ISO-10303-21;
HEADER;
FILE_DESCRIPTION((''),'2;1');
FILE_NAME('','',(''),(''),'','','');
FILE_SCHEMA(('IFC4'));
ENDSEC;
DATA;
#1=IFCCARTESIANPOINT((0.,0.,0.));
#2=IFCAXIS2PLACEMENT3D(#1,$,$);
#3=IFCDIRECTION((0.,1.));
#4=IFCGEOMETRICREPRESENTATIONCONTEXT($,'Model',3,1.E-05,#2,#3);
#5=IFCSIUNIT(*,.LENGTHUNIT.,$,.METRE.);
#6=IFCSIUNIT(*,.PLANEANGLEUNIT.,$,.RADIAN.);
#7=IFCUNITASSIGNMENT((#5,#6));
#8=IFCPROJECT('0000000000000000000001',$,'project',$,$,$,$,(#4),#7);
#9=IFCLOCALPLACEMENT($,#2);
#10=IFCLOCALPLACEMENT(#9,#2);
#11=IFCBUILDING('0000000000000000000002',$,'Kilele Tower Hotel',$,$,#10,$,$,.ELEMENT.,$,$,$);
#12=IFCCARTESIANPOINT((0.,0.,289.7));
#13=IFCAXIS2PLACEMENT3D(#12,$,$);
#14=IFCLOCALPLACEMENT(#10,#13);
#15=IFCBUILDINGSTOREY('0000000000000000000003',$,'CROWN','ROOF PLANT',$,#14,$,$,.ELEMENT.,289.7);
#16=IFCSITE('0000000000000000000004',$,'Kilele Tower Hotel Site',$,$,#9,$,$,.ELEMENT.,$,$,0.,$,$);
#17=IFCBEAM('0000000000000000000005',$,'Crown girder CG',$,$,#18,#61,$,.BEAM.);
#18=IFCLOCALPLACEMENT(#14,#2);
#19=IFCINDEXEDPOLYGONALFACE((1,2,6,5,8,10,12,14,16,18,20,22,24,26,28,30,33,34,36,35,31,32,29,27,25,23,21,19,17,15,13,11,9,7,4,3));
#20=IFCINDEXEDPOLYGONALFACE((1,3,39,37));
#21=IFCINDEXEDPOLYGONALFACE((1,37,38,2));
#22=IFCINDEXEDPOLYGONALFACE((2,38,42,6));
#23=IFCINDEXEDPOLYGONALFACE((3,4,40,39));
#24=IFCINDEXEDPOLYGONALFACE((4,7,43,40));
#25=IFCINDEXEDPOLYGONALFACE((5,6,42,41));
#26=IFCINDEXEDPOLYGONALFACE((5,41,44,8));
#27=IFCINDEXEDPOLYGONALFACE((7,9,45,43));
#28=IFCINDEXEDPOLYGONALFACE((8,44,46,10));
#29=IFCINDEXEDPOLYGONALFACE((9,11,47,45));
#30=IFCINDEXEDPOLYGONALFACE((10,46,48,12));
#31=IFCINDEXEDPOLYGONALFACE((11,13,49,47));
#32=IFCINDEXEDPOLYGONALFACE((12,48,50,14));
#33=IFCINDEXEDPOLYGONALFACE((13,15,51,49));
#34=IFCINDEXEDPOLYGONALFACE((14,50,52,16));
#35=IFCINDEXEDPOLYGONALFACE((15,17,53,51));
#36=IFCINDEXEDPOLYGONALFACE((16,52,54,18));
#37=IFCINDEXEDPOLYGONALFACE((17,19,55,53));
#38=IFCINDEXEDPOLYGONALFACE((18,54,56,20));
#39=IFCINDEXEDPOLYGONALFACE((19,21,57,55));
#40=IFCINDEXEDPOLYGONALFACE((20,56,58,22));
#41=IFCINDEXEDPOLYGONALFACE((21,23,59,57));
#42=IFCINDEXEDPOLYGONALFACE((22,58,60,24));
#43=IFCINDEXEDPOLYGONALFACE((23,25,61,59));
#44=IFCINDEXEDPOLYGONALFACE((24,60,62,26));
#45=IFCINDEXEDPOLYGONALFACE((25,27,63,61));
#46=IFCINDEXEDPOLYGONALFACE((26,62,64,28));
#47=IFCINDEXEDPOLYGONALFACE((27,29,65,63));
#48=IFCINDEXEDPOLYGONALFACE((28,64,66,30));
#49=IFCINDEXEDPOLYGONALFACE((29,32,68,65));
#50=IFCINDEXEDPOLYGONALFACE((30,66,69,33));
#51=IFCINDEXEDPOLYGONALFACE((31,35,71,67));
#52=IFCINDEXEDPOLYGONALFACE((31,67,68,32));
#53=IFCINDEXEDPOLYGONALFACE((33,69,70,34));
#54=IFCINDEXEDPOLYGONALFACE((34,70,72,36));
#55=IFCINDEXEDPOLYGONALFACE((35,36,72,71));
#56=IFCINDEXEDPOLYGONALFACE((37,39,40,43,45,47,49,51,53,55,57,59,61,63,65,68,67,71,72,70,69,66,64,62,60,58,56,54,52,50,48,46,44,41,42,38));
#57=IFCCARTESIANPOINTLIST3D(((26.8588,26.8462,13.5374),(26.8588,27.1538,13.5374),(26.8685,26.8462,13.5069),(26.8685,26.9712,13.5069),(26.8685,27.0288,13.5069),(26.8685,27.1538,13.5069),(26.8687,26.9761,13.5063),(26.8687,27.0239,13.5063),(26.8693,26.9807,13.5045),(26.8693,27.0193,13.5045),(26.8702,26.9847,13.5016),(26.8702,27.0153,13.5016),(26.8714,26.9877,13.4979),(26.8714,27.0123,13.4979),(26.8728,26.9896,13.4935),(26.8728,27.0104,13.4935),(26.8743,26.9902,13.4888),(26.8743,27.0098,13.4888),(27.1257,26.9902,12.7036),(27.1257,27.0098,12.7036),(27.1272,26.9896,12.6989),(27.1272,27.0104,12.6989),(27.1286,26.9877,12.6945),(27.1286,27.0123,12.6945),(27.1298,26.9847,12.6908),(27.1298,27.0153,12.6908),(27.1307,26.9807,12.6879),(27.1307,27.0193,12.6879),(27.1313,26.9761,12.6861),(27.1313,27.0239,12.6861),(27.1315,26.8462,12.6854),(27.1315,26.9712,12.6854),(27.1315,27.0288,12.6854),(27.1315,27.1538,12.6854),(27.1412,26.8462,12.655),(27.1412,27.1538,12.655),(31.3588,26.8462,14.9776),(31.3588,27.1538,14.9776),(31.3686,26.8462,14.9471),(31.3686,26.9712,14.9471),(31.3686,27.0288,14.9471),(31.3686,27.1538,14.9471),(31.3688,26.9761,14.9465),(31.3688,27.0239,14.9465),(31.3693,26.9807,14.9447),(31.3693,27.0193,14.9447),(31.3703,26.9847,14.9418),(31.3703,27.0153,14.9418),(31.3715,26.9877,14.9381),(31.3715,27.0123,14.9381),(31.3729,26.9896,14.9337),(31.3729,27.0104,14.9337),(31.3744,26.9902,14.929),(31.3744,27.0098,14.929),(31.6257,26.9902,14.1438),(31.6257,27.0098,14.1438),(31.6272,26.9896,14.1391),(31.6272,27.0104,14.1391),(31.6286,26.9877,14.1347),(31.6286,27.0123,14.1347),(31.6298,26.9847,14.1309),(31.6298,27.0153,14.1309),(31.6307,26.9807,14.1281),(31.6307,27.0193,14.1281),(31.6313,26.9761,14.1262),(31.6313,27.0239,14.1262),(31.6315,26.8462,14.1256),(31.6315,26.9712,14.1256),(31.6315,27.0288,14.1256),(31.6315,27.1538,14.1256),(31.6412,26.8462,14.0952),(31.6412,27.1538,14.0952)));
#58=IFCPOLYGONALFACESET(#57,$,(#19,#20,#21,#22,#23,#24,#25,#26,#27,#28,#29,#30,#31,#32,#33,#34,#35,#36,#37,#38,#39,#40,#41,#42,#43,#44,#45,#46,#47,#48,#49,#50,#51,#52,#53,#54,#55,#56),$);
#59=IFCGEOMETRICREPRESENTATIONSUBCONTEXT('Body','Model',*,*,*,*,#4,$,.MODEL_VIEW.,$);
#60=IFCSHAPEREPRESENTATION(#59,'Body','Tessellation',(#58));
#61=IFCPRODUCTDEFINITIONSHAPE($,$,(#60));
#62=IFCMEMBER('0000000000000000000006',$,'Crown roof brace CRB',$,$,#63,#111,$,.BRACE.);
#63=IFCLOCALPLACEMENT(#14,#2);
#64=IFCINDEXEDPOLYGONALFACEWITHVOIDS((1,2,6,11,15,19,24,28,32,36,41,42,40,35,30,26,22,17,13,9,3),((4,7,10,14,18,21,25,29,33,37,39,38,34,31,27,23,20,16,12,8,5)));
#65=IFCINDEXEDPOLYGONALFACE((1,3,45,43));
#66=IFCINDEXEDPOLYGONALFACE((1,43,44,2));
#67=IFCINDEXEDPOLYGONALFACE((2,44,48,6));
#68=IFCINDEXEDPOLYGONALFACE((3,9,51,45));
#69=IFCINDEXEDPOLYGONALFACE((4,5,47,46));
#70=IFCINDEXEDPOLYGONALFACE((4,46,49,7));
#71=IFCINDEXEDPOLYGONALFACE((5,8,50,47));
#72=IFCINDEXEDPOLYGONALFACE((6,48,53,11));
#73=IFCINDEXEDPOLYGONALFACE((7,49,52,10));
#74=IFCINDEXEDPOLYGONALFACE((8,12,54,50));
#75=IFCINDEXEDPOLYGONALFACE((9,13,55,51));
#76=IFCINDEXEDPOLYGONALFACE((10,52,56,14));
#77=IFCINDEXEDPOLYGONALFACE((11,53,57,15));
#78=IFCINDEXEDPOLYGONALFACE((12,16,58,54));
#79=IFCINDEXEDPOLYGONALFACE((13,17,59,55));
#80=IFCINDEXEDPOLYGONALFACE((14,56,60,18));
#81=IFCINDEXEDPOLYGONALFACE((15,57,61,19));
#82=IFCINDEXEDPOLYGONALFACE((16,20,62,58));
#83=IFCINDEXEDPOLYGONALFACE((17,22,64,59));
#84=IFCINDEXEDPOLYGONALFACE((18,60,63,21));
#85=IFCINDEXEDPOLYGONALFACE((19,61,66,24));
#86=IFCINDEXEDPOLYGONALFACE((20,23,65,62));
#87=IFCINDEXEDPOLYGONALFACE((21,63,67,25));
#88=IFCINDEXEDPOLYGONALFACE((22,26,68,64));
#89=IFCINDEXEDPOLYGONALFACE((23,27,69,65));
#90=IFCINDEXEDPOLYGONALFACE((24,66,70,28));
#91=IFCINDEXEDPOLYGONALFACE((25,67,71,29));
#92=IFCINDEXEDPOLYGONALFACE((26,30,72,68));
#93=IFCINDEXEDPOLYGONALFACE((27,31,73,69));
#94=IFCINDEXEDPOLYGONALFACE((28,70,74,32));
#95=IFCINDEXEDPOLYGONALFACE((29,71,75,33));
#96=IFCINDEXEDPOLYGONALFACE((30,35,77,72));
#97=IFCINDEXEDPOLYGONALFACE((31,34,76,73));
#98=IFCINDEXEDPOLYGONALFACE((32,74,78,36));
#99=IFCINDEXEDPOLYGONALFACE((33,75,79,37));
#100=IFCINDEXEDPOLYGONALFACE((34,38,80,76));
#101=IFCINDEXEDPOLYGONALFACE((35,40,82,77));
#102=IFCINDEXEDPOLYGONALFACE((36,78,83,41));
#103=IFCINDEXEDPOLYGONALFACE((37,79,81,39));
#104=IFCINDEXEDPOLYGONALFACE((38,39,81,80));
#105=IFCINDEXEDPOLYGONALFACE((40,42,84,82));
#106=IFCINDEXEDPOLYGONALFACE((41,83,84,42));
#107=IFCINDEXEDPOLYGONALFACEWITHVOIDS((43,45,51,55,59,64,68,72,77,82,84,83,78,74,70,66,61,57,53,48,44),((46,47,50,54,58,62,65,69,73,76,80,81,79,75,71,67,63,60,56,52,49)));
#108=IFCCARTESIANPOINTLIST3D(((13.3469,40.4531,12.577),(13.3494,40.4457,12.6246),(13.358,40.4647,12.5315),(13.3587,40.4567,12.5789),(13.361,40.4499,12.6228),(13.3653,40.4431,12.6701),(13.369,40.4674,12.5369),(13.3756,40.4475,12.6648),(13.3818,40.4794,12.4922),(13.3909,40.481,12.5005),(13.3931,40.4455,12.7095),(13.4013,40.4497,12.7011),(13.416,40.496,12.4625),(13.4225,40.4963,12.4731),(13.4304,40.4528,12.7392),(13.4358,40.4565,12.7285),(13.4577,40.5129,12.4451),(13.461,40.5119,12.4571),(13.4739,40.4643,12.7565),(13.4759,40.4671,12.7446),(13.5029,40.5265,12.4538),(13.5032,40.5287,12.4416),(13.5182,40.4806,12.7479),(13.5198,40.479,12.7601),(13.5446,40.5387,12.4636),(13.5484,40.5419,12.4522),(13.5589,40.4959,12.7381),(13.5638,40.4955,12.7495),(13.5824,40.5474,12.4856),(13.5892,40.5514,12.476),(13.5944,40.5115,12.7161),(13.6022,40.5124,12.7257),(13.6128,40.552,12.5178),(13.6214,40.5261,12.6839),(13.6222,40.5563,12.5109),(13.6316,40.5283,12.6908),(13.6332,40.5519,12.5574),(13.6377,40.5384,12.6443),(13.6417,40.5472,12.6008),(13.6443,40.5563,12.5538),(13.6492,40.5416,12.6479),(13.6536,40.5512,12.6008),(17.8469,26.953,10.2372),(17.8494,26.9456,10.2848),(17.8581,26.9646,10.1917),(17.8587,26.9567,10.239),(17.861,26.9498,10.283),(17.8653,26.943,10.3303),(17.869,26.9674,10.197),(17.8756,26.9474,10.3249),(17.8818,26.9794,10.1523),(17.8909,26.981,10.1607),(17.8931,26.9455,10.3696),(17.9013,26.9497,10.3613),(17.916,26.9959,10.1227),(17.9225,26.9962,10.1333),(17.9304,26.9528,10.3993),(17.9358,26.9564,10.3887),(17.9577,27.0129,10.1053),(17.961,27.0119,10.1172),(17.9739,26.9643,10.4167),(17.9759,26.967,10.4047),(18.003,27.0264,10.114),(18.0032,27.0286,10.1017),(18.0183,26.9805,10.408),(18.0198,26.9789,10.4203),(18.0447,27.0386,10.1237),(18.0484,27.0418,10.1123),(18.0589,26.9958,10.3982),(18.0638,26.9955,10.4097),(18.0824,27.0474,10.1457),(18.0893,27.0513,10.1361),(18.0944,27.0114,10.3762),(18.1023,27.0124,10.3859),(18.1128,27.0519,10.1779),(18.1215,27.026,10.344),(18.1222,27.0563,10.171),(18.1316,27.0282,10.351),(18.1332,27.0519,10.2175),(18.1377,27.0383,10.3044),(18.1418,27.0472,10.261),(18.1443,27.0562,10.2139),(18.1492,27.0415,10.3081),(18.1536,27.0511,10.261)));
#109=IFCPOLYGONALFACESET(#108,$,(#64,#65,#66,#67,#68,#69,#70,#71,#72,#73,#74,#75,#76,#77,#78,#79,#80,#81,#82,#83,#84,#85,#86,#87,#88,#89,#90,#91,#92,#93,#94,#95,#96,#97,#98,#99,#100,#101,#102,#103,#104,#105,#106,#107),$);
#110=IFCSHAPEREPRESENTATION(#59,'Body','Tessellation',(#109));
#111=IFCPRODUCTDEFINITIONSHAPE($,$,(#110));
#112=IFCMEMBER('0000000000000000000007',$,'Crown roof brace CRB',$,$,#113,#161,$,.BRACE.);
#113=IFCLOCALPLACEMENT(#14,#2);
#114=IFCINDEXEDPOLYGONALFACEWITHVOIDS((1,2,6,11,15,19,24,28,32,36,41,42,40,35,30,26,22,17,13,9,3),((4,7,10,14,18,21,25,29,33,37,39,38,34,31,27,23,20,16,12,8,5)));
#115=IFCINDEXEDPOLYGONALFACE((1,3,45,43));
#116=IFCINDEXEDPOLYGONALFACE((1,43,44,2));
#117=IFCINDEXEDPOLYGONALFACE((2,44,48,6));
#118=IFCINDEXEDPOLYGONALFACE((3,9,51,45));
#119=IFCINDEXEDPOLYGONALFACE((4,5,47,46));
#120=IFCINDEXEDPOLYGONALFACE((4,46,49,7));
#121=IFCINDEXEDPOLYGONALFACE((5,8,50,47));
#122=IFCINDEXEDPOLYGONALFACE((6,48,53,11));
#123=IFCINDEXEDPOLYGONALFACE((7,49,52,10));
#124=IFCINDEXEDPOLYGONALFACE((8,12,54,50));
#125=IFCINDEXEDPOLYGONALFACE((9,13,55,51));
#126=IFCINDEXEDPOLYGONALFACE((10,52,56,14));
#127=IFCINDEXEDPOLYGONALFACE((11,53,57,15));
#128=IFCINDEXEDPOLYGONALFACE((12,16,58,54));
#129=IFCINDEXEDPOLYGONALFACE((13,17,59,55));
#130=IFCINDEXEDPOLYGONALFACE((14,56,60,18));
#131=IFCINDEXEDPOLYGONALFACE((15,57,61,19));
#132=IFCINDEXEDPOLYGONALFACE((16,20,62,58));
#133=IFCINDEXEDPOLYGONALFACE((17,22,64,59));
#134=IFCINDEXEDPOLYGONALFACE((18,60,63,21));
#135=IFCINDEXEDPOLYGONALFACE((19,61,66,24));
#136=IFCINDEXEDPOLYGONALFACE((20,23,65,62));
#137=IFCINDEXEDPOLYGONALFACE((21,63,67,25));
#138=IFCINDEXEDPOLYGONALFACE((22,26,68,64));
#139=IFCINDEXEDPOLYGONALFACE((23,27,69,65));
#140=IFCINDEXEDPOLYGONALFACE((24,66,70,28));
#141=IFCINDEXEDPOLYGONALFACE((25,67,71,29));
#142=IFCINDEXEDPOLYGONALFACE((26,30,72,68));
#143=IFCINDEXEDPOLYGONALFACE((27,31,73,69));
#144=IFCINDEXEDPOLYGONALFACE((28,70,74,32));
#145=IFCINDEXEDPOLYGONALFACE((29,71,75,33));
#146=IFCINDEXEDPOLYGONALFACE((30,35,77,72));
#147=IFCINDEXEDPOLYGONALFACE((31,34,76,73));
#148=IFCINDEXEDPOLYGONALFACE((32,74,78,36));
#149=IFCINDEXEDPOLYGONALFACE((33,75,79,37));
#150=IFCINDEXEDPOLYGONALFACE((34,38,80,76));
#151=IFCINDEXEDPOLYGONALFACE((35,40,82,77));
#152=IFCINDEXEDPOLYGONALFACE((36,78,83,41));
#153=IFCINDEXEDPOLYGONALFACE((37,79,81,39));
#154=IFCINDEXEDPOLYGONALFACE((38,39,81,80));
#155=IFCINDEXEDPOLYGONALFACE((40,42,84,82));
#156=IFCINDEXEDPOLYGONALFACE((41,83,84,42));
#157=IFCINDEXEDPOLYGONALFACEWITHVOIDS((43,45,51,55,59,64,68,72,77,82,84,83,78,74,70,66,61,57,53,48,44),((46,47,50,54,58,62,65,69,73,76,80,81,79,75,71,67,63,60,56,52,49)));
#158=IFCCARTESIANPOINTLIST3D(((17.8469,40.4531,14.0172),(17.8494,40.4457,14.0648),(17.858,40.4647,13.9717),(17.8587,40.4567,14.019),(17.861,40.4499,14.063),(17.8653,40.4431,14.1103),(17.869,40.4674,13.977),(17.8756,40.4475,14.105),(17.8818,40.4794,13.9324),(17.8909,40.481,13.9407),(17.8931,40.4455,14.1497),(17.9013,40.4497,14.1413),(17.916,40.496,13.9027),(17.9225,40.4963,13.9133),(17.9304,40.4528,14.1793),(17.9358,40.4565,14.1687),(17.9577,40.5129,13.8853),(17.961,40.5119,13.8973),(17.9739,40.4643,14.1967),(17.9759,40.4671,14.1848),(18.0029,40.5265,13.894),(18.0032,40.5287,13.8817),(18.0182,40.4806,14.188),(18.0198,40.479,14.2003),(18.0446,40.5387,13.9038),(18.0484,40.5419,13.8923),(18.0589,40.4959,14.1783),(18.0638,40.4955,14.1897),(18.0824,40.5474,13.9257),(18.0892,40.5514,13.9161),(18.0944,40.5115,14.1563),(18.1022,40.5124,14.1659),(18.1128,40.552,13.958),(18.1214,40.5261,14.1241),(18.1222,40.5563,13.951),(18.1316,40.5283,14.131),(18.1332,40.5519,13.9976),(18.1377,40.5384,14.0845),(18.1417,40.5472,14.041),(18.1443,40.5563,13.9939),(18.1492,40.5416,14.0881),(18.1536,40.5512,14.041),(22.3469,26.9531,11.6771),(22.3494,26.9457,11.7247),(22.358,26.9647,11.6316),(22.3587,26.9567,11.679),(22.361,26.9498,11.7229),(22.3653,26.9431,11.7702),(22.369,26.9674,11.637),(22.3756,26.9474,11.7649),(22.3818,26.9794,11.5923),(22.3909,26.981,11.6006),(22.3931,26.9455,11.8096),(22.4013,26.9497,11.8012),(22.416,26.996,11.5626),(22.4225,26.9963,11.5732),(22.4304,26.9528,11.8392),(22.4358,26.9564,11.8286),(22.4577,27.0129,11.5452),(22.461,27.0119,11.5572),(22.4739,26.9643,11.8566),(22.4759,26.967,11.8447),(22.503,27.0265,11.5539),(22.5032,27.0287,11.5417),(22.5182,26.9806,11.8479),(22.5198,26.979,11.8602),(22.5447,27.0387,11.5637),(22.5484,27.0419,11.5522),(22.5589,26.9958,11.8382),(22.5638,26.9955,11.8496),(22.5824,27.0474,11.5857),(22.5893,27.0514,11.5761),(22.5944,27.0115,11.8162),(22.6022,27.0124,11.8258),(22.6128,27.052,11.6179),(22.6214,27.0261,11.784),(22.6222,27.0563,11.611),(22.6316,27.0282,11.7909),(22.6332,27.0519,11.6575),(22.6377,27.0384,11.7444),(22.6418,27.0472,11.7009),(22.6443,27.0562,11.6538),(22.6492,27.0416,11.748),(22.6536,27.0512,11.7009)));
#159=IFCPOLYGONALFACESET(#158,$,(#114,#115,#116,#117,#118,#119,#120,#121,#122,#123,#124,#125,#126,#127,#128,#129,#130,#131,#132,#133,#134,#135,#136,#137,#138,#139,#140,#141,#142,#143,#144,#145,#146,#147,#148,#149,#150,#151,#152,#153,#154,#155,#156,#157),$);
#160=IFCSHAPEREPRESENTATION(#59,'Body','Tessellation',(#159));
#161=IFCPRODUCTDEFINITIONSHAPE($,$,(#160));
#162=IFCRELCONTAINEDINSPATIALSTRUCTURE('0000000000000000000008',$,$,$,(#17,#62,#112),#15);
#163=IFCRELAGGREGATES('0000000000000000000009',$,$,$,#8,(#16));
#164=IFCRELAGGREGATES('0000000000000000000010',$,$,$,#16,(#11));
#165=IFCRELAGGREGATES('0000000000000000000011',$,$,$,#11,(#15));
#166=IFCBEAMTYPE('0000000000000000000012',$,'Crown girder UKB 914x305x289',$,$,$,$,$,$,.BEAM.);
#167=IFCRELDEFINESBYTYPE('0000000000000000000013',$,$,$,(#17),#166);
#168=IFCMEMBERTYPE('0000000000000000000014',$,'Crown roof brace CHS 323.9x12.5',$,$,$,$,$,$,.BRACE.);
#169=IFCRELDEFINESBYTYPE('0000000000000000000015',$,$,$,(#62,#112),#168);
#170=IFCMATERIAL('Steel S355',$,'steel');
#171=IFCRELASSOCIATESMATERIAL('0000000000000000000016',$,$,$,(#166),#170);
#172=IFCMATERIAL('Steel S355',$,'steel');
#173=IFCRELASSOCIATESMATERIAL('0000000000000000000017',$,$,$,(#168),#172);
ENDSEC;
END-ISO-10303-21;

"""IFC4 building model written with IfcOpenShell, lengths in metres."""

from ifc_helpers import new_model, si_unit, direction, frame, origin, origin_2d, place, context, subcontext, project, spatial, hollow_circle, i_section, extrude, material, material_profile, profile_set, type_object, element, save


model = new_model("IFC4")

# Units and contexts
model_context = context("Model", 3, precision=1e-05, world=origin(), true_north=direction((0.0, 1.0)))
body_context = subcontext(model_context, "Body", "Model", "MODEL_VIEW")
ifc_project = project(units=[si_unit("LENGTHUNIT", "METRE"), si_unit("PLANEANGLEUNIT", "RADIAN")], contexts=[model_context])

# Site, building, storey
site_placement = place(None, origin())
site = spatial("IfcSite", under=ifc_project, at=site_placement, Name="Kilele Tower Hotel Site", CompositionType="ELEMENT", RefElevation=0.0)
building_placement = place(site_placement, origin())
building = spatial("IfcBuilding", under=site, at=building_placement, Name="Kilele Tower Hotel", CompositionType="ELEMENT")
storey_placement = place(building_placement, frame((0.0, 0.0, 289.7)))
storey = spatial("IfcBuildingStorey", under=building, at=storey_placement, Name="CROWN", Description="ROOF PLANT", CompositionType="ELEMENT", Elevation=289.7)

# Beam
ifc_material_1 = material(Name="Steel S355", Category="steel")
ifc_material_profile_1 = material_profile(ifc_material_1, i_section(OverallWidth=0.3076, OverallDepth=0.9265, WebThickness=0.0195, FlangeThickness=0.032, FilletRadius=0.019, at=origin_2d()))
ifc_profile_set_1 = profile_set([ifc_material_profile_1], Name="Steel S355")
beam_type_1 = type_object("IfcBeamType", Name="Crown girder UKB 914x305x289", PredefinedType="BEAM", material=ifc_profile_set_1)
beam_placement = place(storey_placement, frame((27.0, 27.0, 13.0962), z_axis=(0.952413, 0.0, 0.304811), x_axis=(0.0, 1.0, 0.0)))
element("IfcBeam", 1, at=beam_placement, inside=storey, type_object=beam_type_1, Name="Crown girder CG", PredefinedType="BEAM", context=body_context, shape_type="SweptSolid", body=[
    extrude(i_section(OverallWidth=0.3076, OverallDepth=0.9265, WebThickness=0.0195, FlangeThickness=0.032, FilletRadius=0.019, at=origin_2d()), origin(), (0.0, 0.0, 1.0), 4.7249),
])

# Members
ifc_material_2 = material(Name="Steel S355", Category="steel")
ifc_material_profile_2 = material_profile(ifc_material_2, hollow_circle(Radius=0.1619, WallThickness=0.0125, at=origin_2d()))
ifc_profile_set_2 = profile_set([ifc_material_profile_2], Name="Steel S355")
member_type = type_object("IfcMemberType", Name="Crown roof brace CHS 323.9x12.5", PredefinedType="BRACE", material=ifc_profile_set_2)
for number, where, z_axis, x_axis, name in (
    (2, (13.5, 40.5, 12.6008), (0.312038, -0.936113, -0.162249), (0.948683, 0.316228, 0.0), "Crown roof brace CRB"),
    (3, (18.0, 40.5, 14.041), (0.312037, -0.936111, -0.162265), (0.948683, 0.316228, 0.0), "Crown roof brace CRB"),
):
    element("IfcMember", number, at=place(storey_placement, frame(where, z_axis=z_axis, x_axis=x_axis)), inside=storey, type_object=member_type, Name=name, PredefinedType="BRACE", context=body_context, shape_type="SweptSolid", body=[
        extrude(hollow_circle(Radius=0.1619, WallThickness=0.0125, at=origin_2d()), origin(), (0.0, 0.0, 1.0), 14.4214),
    ])

save(model, "model.ifc")
